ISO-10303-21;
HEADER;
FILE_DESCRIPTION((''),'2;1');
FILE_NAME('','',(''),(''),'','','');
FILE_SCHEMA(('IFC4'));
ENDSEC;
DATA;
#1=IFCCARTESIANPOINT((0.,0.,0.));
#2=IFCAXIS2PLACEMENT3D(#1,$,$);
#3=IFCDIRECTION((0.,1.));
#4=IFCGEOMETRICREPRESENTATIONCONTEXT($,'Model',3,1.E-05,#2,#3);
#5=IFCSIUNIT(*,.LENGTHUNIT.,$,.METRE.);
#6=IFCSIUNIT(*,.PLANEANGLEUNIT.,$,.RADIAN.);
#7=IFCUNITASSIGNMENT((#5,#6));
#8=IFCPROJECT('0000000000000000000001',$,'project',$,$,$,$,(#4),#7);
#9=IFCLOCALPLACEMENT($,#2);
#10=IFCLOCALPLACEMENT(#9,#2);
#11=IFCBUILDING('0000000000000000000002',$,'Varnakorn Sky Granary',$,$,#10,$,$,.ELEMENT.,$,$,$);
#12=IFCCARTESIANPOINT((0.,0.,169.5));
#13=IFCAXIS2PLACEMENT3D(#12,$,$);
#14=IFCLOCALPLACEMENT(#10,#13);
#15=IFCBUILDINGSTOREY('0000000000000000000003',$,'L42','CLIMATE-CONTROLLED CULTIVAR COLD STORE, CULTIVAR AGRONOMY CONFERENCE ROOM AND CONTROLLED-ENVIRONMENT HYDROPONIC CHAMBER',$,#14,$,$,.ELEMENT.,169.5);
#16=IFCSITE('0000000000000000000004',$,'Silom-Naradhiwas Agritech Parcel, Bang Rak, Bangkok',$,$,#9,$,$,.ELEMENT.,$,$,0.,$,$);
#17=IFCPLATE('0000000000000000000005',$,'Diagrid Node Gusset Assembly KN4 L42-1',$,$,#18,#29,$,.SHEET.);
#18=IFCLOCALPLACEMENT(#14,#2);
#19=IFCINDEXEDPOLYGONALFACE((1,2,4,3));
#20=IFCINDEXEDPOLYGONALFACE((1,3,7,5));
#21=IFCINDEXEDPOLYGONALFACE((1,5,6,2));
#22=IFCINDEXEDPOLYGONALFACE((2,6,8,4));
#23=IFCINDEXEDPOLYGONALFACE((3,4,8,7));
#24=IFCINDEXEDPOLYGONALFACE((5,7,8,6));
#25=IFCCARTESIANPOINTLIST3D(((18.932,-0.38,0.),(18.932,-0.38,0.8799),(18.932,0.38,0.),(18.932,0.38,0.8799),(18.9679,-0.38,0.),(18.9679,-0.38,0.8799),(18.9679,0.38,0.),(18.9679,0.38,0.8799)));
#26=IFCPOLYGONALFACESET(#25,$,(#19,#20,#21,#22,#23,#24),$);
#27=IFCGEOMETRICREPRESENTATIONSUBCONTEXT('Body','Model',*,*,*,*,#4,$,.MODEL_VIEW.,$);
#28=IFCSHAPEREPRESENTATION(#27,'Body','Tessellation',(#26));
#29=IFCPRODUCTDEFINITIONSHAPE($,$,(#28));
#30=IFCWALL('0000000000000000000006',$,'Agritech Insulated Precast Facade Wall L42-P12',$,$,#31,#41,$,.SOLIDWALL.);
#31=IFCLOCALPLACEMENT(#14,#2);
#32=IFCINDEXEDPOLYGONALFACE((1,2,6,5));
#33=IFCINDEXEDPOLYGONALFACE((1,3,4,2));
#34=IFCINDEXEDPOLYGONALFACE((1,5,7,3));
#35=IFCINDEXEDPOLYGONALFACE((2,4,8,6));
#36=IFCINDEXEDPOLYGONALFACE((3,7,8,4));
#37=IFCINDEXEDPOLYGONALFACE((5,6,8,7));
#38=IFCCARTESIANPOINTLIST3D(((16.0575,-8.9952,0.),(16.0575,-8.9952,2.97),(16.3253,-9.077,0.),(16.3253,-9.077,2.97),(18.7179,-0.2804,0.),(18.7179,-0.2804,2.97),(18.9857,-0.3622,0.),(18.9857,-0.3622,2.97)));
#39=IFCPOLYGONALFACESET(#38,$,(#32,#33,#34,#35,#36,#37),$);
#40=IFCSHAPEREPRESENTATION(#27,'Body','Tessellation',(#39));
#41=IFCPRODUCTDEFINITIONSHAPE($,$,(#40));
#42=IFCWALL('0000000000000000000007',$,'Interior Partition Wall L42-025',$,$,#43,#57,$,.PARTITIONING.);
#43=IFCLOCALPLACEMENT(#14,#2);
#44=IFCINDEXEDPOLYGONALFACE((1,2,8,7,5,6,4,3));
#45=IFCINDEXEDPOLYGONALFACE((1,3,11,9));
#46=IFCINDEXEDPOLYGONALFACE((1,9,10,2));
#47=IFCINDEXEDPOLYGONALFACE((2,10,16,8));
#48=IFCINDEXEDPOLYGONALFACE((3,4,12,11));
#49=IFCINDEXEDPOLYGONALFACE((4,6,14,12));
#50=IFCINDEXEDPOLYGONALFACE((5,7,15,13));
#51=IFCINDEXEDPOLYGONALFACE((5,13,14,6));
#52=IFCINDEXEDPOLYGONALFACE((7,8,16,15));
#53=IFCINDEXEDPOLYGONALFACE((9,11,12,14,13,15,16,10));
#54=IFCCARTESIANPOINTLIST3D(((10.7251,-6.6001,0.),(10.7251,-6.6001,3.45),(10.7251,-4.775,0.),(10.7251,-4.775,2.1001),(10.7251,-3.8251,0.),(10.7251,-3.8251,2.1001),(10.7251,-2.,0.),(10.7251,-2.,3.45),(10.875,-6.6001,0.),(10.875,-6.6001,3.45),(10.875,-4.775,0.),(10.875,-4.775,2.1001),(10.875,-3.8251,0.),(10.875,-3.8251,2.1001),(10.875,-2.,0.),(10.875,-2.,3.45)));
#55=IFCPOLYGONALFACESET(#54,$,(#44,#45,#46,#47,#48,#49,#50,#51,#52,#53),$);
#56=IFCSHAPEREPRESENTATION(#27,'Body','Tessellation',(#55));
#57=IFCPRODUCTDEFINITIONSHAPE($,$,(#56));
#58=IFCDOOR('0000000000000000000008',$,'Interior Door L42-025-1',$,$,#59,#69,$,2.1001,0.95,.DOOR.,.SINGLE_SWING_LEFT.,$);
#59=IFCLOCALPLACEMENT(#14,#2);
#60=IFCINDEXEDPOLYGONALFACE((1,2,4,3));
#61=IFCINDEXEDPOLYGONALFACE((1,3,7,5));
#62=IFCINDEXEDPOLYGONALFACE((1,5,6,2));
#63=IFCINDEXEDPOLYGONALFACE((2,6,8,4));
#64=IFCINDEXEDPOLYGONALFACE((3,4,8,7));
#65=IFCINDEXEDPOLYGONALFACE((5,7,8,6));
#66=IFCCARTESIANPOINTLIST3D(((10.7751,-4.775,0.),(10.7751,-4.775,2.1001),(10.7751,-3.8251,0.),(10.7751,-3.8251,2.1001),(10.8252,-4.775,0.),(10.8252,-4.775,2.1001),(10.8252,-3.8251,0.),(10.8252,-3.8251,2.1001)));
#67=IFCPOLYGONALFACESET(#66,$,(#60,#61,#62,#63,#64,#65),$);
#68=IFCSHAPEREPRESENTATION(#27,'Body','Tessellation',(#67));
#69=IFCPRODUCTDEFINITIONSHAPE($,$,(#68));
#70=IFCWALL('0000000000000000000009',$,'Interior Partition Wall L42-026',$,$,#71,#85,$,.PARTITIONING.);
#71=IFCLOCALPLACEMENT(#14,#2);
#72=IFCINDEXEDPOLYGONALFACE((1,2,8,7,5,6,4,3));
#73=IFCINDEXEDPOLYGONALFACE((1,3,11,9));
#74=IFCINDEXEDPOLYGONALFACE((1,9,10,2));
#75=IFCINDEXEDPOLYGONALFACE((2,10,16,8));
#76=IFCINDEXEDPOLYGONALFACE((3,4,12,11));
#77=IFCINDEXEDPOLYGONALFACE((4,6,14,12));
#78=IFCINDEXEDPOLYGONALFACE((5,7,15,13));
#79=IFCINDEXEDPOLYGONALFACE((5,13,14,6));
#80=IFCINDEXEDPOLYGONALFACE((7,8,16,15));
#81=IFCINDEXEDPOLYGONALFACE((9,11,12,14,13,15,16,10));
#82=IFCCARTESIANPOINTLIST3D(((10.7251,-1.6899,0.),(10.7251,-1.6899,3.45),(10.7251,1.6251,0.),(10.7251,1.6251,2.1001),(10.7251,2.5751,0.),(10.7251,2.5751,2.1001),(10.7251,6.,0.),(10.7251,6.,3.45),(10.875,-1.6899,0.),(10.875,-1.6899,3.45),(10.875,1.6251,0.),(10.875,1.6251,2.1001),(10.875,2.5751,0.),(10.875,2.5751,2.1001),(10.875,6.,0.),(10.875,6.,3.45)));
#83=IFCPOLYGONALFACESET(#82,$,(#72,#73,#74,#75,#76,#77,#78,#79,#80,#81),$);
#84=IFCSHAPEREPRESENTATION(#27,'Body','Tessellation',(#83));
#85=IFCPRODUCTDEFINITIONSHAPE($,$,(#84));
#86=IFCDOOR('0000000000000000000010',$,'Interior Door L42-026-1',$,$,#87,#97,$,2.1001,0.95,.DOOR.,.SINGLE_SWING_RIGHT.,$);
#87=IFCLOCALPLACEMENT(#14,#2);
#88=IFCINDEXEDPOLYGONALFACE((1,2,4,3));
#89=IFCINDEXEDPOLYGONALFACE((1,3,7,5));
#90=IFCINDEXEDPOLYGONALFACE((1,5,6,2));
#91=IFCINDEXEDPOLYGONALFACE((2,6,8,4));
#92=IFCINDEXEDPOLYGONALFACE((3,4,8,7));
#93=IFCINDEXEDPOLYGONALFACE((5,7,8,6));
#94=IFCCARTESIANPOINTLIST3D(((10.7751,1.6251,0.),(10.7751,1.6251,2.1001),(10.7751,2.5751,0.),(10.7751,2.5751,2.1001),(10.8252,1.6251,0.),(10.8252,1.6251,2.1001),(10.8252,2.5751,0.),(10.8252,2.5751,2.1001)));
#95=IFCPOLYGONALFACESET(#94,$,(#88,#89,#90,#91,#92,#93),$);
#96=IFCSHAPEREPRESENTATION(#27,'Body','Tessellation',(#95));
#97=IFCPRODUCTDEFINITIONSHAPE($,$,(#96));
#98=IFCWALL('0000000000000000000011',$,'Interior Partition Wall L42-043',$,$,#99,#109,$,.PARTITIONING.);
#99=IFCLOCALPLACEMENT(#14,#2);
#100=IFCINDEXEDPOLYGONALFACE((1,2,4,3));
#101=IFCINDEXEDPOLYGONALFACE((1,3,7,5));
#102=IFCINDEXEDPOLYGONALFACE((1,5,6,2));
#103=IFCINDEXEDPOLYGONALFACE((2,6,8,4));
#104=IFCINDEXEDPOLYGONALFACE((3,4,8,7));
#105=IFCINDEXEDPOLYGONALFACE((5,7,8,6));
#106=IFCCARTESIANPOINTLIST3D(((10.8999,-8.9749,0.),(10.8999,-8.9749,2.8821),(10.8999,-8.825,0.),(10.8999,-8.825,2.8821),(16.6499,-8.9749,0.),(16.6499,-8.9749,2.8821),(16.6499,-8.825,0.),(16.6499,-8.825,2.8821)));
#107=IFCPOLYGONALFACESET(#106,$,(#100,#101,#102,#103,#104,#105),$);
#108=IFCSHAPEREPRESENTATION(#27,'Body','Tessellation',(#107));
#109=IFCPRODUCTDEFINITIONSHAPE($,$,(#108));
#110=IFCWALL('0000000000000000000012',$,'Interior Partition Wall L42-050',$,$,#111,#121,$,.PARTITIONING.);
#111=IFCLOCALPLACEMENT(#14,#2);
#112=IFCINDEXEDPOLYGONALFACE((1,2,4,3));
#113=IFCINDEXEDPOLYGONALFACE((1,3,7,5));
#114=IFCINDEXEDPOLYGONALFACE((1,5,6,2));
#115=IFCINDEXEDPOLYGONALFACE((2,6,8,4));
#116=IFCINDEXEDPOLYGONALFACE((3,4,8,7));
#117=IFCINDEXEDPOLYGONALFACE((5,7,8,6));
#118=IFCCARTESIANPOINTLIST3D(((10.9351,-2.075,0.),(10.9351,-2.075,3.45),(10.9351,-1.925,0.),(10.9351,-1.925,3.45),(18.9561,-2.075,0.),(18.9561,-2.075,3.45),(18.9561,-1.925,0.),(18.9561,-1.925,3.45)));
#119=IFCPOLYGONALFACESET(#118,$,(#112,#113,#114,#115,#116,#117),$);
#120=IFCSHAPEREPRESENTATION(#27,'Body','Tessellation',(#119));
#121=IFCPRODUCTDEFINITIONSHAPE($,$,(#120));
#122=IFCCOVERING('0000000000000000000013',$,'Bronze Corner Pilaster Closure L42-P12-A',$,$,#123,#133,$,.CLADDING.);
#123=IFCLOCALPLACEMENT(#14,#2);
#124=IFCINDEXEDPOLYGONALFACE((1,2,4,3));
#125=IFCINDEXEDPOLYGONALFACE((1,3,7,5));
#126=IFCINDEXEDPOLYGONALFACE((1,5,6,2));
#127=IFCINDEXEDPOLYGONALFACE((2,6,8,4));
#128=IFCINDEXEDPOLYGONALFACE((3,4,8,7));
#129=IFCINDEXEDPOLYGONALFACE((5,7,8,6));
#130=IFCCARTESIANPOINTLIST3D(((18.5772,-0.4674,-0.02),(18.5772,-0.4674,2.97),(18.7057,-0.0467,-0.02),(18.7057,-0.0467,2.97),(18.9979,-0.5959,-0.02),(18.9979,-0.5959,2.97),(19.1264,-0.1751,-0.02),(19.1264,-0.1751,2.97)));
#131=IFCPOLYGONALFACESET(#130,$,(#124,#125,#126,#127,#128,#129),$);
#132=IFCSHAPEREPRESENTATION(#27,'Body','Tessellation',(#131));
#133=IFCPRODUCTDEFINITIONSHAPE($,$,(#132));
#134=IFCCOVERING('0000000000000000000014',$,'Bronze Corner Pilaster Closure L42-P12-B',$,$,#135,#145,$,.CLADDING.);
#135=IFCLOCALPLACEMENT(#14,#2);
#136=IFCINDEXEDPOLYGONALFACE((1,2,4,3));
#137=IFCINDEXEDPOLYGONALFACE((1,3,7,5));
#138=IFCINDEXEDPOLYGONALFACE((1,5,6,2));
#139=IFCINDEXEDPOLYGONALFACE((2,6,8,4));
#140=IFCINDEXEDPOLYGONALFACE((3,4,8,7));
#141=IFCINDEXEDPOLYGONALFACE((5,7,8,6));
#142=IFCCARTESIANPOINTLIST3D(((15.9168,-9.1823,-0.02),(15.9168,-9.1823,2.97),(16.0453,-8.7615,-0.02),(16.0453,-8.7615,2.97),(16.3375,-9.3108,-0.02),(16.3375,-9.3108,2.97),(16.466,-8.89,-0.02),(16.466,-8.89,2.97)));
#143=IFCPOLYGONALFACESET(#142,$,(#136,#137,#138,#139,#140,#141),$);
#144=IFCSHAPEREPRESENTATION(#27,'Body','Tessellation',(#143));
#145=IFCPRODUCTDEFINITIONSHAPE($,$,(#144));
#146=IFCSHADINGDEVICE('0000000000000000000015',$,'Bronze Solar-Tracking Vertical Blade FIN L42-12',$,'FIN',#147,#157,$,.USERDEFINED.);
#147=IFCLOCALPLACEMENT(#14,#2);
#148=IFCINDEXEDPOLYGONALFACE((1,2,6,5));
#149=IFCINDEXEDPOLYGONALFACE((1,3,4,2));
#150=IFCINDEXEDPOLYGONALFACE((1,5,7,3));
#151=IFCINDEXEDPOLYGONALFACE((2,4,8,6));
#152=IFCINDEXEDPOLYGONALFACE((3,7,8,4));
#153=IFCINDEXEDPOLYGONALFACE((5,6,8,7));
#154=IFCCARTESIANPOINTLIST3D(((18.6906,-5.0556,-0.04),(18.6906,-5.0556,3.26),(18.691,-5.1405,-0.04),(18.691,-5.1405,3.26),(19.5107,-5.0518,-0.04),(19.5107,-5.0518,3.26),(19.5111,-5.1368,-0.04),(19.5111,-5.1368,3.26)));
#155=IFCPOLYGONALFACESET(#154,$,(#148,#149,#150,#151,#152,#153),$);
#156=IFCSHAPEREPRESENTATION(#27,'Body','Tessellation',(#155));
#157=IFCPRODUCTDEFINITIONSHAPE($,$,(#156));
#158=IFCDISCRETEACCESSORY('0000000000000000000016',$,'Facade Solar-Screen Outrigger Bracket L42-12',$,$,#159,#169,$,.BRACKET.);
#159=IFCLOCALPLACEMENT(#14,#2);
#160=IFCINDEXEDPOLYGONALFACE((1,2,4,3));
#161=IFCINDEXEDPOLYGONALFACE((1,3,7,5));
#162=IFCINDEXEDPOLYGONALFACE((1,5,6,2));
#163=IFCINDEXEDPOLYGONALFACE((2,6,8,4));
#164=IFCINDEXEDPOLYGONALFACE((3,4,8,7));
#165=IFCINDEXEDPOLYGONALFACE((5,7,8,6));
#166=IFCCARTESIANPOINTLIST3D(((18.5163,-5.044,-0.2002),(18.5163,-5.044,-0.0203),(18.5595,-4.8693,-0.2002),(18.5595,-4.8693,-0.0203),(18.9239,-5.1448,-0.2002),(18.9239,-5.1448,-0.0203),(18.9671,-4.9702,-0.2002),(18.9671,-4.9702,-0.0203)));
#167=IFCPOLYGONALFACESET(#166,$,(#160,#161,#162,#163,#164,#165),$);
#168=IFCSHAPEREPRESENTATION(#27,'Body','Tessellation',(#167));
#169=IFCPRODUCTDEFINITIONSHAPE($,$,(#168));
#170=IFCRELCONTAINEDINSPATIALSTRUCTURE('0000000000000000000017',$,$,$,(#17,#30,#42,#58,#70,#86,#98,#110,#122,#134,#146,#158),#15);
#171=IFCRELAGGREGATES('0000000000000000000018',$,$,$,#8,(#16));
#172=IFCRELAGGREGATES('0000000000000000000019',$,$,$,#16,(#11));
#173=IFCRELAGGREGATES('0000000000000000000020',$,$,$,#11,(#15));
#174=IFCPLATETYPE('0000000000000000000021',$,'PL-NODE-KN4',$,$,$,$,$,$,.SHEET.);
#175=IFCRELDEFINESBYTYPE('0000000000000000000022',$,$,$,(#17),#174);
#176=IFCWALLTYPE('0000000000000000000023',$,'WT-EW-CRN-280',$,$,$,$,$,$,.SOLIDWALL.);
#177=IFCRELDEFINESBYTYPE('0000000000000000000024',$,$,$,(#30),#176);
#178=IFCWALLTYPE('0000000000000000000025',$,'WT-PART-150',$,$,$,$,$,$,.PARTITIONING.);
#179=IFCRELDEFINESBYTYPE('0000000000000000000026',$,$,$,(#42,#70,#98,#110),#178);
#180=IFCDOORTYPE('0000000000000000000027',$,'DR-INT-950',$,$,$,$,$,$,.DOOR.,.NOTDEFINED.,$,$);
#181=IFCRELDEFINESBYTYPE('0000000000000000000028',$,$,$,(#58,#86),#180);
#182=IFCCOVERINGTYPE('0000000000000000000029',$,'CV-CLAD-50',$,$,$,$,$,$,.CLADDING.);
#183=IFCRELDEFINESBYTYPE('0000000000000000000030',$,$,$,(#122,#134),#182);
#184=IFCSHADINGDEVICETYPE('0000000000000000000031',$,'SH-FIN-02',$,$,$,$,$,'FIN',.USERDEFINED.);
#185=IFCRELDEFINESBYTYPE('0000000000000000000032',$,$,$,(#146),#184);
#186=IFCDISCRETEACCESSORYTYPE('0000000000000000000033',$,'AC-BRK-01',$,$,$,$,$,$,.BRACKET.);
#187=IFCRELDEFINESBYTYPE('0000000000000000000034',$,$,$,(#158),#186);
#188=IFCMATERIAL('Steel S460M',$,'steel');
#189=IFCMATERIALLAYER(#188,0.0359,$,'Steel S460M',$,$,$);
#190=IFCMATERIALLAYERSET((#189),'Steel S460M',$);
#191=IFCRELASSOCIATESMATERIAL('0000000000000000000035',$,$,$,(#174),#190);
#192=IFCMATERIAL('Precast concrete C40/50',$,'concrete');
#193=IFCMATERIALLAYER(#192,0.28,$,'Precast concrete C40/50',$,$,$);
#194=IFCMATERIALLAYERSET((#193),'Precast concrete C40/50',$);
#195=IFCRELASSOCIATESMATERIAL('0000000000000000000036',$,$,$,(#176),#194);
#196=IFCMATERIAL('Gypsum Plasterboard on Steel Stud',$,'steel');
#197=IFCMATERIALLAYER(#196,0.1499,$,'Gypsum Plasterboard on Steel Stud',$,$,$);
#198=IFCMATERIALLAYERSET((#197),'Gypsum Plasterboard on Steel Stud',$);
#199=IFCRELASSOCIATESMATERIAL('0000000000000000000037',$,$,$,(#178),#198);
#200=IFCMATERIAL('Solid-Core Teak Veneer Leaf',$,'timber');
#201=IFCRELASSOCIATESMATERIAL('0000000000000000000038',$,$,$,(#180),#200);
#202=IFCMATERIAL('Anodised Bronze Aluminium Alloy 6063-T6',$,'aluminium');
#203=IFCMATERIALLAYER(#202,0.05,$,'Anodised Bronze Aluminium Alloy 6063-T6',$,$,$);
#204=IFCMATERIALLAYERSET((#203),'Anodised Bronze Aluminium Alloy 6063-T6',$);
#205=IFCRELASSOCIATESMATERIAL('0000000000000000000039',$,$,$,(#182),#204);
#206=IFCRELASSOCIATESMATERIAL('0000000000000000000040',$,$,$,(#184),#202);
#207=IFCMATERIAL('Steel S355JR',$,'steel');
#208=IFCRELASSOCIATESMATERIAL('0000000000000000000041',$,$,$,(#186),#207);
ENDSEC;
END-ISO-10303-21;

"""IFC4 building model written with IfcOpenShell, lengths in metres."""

from ifc_helpers import new_model, si_unit, direction, frame, frame_2d, origin, origin_2d, place, context, subcontext, project, spatial, rectangle, extrude, source, transform, mapped, material, layer, layer_set, type_object, type_shapes, element, fill, save


model = new_model("IFC4")

# Units and contexts
model_context = context("Model", 3, precision=1e-05, world=origin(), true_north=direction((0.0, 1.0)))
body_context = subcontext(model_context, "Body", "Model", "MODEL_VIEW")
ifc_project = project(units=[si_unit("LENGTHUNIT", "METRE"), si_unit("PLANEANGLEUNIT", "RADIAN")], contexts=[model_context])

# Site, building, storey
site_placement = place(None, origin())
site = spatial("IfcSite", under=ifc_project, at=site_placement, Name="Silom-Naradhiwas Agritech Parcel, Bang Rak, Bangkok", CompositionType="ELEMENT", RefElevation=0.0)
building_placement = place(site_placement, origin())
building = spatial("IfcBuilding", under=site, at=building_placement, Name="Varnakorn Sky Granary", CompositionType="ELEMENT")
storey_placement = place(building_placement, frame((0.0, 0.0, 169.5)))
storey = spatial("IfcBuildingStorey", under=building, at=storey_placement, Name="L42", Description="CLIMATE-CONTROLLED CULTIVAR COLD STORE, CULTIVAR AGRONOMY CONFERENCE ROOM AND CONTROLLED-ENVIRONMENT HYDROPONIC CHAMBER", CompositionType="ELEMENT", Elevation=169.5)

# Shared definitions
ifc_material_1 = material(Name="Steel S460M", Category="steel")

# Shared definitions
ifc_material_2 = material(Name="Steel S355JR", Category="steel")

# Shared definitions
ifc_material_3 = material(Name="Anodised Bronze Aluminium Alloy 6063-T6", Category="aluminium")

# Plate
ifc_layer_1 = layer(ifc_material_1, 0.0359, Name="Steel S460M")
ifc_layer_set_1 = layer_set([ifc_layer_1], Name="Steel S460M")
plate_type = type_object("IfcPlateType", Name="PL-NODE-KN4", PredefinedType="SHEET", material=ifc_layer_set_1)
plate_placement = place(storey_placement, frame((18.95, 0.0, 0.0), z_axis=(0.0, 0.0, 1.0), x_axis=(0.0, 1.0, 0.0)))
element("IfcPlate", 1, at=plate_placement, inside=storey, type_object=plate_type, Name="Diagrid Node Gusset Assembly KN4 L42-1", PredefinedType="SHEET", context=body_context, shape_type="SweptSolid", body=[
    extrude(rectangle(XDim=0.76, YDim=0.0359, at=origin_2d()), origin(), (0.0, 0.0, 1.0), 0.8799),
])

# Wall
ifc_material_4 = material(Name="Precast concrete C40/50", Category="concrete")
ifc_layer_2 = layer(ifc_material_4, 0.28, Name="Precast concrete C40/50")
ifc_layer_set_2 = layer_set([ifc_layer_2], Name="Precast concrete C40/50")
wall_type_1 = type_object("IfcWallType", Name="WT-EW-CRN-280", PredefinedType="SOLIDWALL", material=ifc_layer_set_2)
wall_1_placement = place(storey_placement, frame((18.8518, -0.3213, 0.0), z_axis=(0.0, 0.0, 1.0), x_axis=(-0.291971, -0.956427, 0.0)))
element("IfcWall", 2, at=wall_1_placement, inside=storey, type_object=wall_type_1, Name="Agritech Insulated Precast Facade Wall L42-P12", PredefinedType="SOLIDWALL", context=body_context, shape_type="SweptSolid", body=[
    extrude(rectangle(XDim=9.1118, YDim=0.28, at=frame_2d((4.5559, 0.0))), origin(), (0.0, 0.0, 1.0), 2.97),
])

# Walls, openings, doors
ifc_material_5 = material(Name="Gypsum Plasterboard on Steel Stud", Category="steel")
ifc_layer_3 = layer(ifc_material_5, 0.1499, Name="Gypsum Plasterboard on Steel Stud")
ifc_layer_set_3 = layer_set([ifc_layer_3], Name="Gypsum Plasterboard on Steel Stud")
wall_type_2 = type_object("IfcWallType", Name="WT-PART-150", PredefinedType="PARTITIONING", material=ifc_layer_set_3)
wall_2_placement = place(storey_placement, frame((10.8, -6.6001, 0.0), z_axis=(0.0, 0.0, 1.0), x_axis=(0.0, 1.0, 0.0)))
wall_2 = element("IfcWall", 3, at=wall_2_placement, inside=storey, type_object=wall_type_2, Name="Interior Partition Wall L42-025", PredefinedType="PARTITIONING", context=body_context, shape_type="SweptSolid", body=[
    extrude(rectangle(XDim=4.6001, YDim=0.1499, at=frame_2d((2.3, 0.0))), origin(), (0.0, 0.0, 1.0), 3.45),
])
opening_1_placement = place(wall_2_placement, frame((1.825, 0.0, 0.0)))
opening_1 = element("IfcOpeningElement", 4, at=opening_1_placement, cuts=wall_2, PredefinedType="OPENING", context=body_context, shape_type="SweptSolid", body=[
    extrude(rectangle(XDim=0.95, YDim=2.1001, at=frame_2d((0.4751, 1.05))), frame((0.0, 0.085, 0.0), z_axis=(0.0, -1.0, 0.0), x_axis=(1.0, 0.0, 0.0)), (0.0, 0.0, 1.0), 0.1699),
])
ifc_material_6 = material(Name="Solid-Core Teak Veneer Leaf", Category="timber")
door_type = type_object("IfcDoorType", Name="DR-INT-950", OperationType="NOTDEFINED", PredefinedType="DOOR", material=ifc_material_6)
door_1_placement = place(opening_1_placement, origin())
door_1 = element("IfcDoor", 5, at=door_1_placement, inside=storey, type_object=door_type, Name="Interior Door L42-025-1", OperationType="SINGLE_SWING_LEFT", OverallHeight=2.1001, OverallWidth=0.95, PredefinedType="DOOR", context=body_context, shape_type="SweptSolid", body=[
    extrude(rectangle(XDim=0.95, YDim=2.1001, at=frame_2d((0.4751, 1.05))), frame((0.0, 0.0249, 0.0), z_axis=(0.0, -1.0, 0.0), x_axis=(1.0, 0.0, 0.0)), (0.0, 0.0, 1.0), 0.05),
])
fill(opening_1, door_1)
wall_3_placement = place(storey_placement, frame((10.8, -1.6899, 0.0), z_axis=(0.0, 0.0, 1.0), x_axis=(0.0, 1.0, 0.0)))
wall_3 = element("IfcWall", 6, at=wall_3_placement, inside=storey, type_object=wall_type_2, Name="Interior Partition Wall L42-026", PredefinedType="PARTITIONING", context=body_context, shape_type="SweptSolid", body=[
    extrude(rectangle(XDim=7.6899, YDim=0.1499, at=frame_2d((3.845, 0.0))), origin(), (0.0, 0.0, 1.0), 3.45),
])
opening_2_placement = place(wall_3_placement, frame((3.3149, 0.0, 0.0)))
opening_2 = element("IfcOpeningElement", 7, at=opening_2_placement, cuts=wall_3, PredefinedType="OPENING", context=body_context, shape_type="SweptSolid", body=[
    extrude(rectangle(XDim=0.95, YDim=2.1001, at=frame_2d((0.4751, 1.05))), frame((0.0, 0.085, 0.0), z_axis=(0.0, -1.0, 0.0), x_axis=(1.0, 0.0, 0.0)), (0.0, 0.0, 1.0), 0.1699),
])
door_2_placement = place(opening_2_placement, origin())
door_2 = element("IfcDoor", 8, at=door_2_placement, inside=storey, type_object=door_type, Name="Interior Door L42-026-1", OperationType="SINGLE_SWING_RIGHT", OverallHeight=2.1001, OverallWidth=0.95, PredefinedType="DOOR", context=body_context, shape_type="SweptSolid", body=[
    extrude(rectangle(XDim=0.95, YDim=2.1001, at=frame_2d((0.4751, 1.05))), frame((0.0, 0.0249, 0.0), z_axis=(0.0, -1.0, 0.0), x_axis=(1.0, 0.0, 0.0)), (0.0, 0.0, 1.0), 0.05),
])
fill(opening_2, door_2)

# Walls
wall_4_placement = place(storey_placement, frame((10.8999, -8.8999, 0.0), z_axis=(0.0, 0.0, 1.0), x_axis=(1.0, 0.0, 0.0)))
element("IfcWall", 9, at=wall_4_placement, inside=storey, type_object=wall_type_2, Name="Interior Partition Wall L42-043", PredefinedType="PARTITIONING", context=body_context, shape_type="SweptSolid", body=[
    extrude(rectangle(XDim=5.75, YDim=0.1499, at=frame_2d((2.875, 0.0))), origin(), (0.0, 0.0, 1.0), 2.8821),
])
wall_5_placement = place(storey_placement, frame((10.9351, -2.0, 0.0), z_axis=(0.0, 0.0, 1.0), x_axis=(1.0, 0.0, 0.0)))
element("IfcWall", 10, at=wall_5_placement, inside=storey, type_object=wall_type_2, Name="Interior Partition Wall L42-050", PredefinedType="PARTITIONING", context=body_context, shape_type="SweptSolid", body=[
    extrude(rectangle(XDim=8.021, YDim=0.1499, at=frame_2d((4.0105, 0.0))), origin(), (0.0, 0.0, 1.0), 3.45),
])

# Coverings
ifc_layer_4 = layer(ifc_material_3, 0.05, Name="Anodised Bronze Aluminium Alloy 6063-T6")
ifc_layer_set_4 = layer_set([ifc_layer_4], Name="Anodised Bronze Aluminium Alloy 6063-T6")
covering_type = type_object("IfcCoveringType", Name="CV-CLAD-50", PredefinedType="CLADDING", material=ifc_layer_set_4)
shared_shape_1 = source(origin(), body_context, "Body", "SweptSolid", [
    extrude(rectangle(XDim=0.4399, YDim=0.4399, at=origin_2d()), origin(), (0.0, 0.0, 1.0), 2.99),
])
type_shapes(covering_type, [shared_shape_1])
for number, where, z_axis, x_axis, name in (
    (11, (18.8518, -0.3213, -0.02), (0.0, 0.0, 1.0), (-0.292038, -0.956407, 0.0), "Bronze Corner Pilaster Closure L42-P12-A"),
    (12, (16.1914, -9.0361, -0.02), (0.0, 0.0, 1.0), (-0.292038, -0.956407, 0.0), "Bronze Corner Pilaster Closure L42-P12-B"),
):
    element("IfcCovering", number, at=place(storey_placement, frame(where, z_axis=z_axis, x_axis=x_axis)), inside=storey, type_object=covering_type, Name=name, PredefinedType="CLADDING", context=body_context, shape_type="MappedRepresentation", body=[
        mapped(shared_shape_1, transform((0.0, 0.0, 0.0), x_axis=(1.0, 0.0, 0.0), y_axis=(0.0, 1.0, 0.0), z_axis=(0.0, 0.0, 1.0), scale=1.0)),
    ])

# Shading device
shading_device_type = type_object("IfcShadingDeviceType", Name="SH-FIN-02", ElementType="FIN", PredefinedType="USERDEFINED", material=ifc_material_3)
shared_shape_2 = source(origin(), body_context, "Body", "SweptSolid", [
    extrude(rectangle(XDim=0.085, YDim=0.8201, at=origin_2d()), origin(), (0.0, 0.0, 1.0), 3.3),
])
type_shapes(shading_device_type, [shared_shape_2])
shading_device_placement = place(storey_placement, frame((19.1008, -5.0962, -0.04), z_axis=(0.0, 0.0, 1.0), x_axis=(-0.004542, 0.99999, 0.0)))
element("IfcShadingDevice", 13, at=shading_device_placement, inside=storey, type_object=shading_device_type, Name="Bronze Solar-Tracking Vertical Blade FIN L42-12", ObjectType="FIN", PredefinedType="USERDEFINED", context=body_context, shape_type="MappedRepresentation", body=[
    mapped(shared_shape_2, transform((0.0, 0.0, 0.0), x_axis=(1.0, 0.0, 0.0), y_axis=(0.0, 1.0, 0.0), z_axis=(0.0, 0.0, 1.0), scale=1.0)),
])

# Discrete accessory
discrete_accessory_type = type_object("IfcDiscreteAccessoryType", Name="AC-BRK-01", PredefinedType="BRACKET", material=ifc_material_2)
shared_shape_3 = source(origin(), body_context, "Body", "SweptSolid", [
    extrude(rectangle(XDim=0.1799, YDim=0.4199, at=origin_2d()), origin(), (0.0, 0.0, 1.0), 0.1799),
])
type_shapes(discrete_accessory_type, [shared_shape_3])
discrete_accessory_placement = place(storey_placement, frame((18.7417, -5.0071, -0.2002), z_axis=(0.0, 0.0, 1.0), x_axis=(0.240134, 0.97074, 0.0)))
element("IfcDiscreteAccessory", 14, at=discrete_accessory_placement, inside=storey, type_object=discrete_accessory_type, Name="Facade Solar-Screen Outrigger Bracket L42-12", PredefinedType="BRACKET", context=body_context, shape_type="MappedRepresentation", body=[
    mapped(shared_shape_3, transform((0.0, 0.0, 0.0), x_axis=(1.0, 0.0, 0.0), y_axis=(0.0, 1.0, 0.0), z_axis=(0.0, 0.0, 1.0), scale=1.0)),
])

save(model, "model.ifc")
